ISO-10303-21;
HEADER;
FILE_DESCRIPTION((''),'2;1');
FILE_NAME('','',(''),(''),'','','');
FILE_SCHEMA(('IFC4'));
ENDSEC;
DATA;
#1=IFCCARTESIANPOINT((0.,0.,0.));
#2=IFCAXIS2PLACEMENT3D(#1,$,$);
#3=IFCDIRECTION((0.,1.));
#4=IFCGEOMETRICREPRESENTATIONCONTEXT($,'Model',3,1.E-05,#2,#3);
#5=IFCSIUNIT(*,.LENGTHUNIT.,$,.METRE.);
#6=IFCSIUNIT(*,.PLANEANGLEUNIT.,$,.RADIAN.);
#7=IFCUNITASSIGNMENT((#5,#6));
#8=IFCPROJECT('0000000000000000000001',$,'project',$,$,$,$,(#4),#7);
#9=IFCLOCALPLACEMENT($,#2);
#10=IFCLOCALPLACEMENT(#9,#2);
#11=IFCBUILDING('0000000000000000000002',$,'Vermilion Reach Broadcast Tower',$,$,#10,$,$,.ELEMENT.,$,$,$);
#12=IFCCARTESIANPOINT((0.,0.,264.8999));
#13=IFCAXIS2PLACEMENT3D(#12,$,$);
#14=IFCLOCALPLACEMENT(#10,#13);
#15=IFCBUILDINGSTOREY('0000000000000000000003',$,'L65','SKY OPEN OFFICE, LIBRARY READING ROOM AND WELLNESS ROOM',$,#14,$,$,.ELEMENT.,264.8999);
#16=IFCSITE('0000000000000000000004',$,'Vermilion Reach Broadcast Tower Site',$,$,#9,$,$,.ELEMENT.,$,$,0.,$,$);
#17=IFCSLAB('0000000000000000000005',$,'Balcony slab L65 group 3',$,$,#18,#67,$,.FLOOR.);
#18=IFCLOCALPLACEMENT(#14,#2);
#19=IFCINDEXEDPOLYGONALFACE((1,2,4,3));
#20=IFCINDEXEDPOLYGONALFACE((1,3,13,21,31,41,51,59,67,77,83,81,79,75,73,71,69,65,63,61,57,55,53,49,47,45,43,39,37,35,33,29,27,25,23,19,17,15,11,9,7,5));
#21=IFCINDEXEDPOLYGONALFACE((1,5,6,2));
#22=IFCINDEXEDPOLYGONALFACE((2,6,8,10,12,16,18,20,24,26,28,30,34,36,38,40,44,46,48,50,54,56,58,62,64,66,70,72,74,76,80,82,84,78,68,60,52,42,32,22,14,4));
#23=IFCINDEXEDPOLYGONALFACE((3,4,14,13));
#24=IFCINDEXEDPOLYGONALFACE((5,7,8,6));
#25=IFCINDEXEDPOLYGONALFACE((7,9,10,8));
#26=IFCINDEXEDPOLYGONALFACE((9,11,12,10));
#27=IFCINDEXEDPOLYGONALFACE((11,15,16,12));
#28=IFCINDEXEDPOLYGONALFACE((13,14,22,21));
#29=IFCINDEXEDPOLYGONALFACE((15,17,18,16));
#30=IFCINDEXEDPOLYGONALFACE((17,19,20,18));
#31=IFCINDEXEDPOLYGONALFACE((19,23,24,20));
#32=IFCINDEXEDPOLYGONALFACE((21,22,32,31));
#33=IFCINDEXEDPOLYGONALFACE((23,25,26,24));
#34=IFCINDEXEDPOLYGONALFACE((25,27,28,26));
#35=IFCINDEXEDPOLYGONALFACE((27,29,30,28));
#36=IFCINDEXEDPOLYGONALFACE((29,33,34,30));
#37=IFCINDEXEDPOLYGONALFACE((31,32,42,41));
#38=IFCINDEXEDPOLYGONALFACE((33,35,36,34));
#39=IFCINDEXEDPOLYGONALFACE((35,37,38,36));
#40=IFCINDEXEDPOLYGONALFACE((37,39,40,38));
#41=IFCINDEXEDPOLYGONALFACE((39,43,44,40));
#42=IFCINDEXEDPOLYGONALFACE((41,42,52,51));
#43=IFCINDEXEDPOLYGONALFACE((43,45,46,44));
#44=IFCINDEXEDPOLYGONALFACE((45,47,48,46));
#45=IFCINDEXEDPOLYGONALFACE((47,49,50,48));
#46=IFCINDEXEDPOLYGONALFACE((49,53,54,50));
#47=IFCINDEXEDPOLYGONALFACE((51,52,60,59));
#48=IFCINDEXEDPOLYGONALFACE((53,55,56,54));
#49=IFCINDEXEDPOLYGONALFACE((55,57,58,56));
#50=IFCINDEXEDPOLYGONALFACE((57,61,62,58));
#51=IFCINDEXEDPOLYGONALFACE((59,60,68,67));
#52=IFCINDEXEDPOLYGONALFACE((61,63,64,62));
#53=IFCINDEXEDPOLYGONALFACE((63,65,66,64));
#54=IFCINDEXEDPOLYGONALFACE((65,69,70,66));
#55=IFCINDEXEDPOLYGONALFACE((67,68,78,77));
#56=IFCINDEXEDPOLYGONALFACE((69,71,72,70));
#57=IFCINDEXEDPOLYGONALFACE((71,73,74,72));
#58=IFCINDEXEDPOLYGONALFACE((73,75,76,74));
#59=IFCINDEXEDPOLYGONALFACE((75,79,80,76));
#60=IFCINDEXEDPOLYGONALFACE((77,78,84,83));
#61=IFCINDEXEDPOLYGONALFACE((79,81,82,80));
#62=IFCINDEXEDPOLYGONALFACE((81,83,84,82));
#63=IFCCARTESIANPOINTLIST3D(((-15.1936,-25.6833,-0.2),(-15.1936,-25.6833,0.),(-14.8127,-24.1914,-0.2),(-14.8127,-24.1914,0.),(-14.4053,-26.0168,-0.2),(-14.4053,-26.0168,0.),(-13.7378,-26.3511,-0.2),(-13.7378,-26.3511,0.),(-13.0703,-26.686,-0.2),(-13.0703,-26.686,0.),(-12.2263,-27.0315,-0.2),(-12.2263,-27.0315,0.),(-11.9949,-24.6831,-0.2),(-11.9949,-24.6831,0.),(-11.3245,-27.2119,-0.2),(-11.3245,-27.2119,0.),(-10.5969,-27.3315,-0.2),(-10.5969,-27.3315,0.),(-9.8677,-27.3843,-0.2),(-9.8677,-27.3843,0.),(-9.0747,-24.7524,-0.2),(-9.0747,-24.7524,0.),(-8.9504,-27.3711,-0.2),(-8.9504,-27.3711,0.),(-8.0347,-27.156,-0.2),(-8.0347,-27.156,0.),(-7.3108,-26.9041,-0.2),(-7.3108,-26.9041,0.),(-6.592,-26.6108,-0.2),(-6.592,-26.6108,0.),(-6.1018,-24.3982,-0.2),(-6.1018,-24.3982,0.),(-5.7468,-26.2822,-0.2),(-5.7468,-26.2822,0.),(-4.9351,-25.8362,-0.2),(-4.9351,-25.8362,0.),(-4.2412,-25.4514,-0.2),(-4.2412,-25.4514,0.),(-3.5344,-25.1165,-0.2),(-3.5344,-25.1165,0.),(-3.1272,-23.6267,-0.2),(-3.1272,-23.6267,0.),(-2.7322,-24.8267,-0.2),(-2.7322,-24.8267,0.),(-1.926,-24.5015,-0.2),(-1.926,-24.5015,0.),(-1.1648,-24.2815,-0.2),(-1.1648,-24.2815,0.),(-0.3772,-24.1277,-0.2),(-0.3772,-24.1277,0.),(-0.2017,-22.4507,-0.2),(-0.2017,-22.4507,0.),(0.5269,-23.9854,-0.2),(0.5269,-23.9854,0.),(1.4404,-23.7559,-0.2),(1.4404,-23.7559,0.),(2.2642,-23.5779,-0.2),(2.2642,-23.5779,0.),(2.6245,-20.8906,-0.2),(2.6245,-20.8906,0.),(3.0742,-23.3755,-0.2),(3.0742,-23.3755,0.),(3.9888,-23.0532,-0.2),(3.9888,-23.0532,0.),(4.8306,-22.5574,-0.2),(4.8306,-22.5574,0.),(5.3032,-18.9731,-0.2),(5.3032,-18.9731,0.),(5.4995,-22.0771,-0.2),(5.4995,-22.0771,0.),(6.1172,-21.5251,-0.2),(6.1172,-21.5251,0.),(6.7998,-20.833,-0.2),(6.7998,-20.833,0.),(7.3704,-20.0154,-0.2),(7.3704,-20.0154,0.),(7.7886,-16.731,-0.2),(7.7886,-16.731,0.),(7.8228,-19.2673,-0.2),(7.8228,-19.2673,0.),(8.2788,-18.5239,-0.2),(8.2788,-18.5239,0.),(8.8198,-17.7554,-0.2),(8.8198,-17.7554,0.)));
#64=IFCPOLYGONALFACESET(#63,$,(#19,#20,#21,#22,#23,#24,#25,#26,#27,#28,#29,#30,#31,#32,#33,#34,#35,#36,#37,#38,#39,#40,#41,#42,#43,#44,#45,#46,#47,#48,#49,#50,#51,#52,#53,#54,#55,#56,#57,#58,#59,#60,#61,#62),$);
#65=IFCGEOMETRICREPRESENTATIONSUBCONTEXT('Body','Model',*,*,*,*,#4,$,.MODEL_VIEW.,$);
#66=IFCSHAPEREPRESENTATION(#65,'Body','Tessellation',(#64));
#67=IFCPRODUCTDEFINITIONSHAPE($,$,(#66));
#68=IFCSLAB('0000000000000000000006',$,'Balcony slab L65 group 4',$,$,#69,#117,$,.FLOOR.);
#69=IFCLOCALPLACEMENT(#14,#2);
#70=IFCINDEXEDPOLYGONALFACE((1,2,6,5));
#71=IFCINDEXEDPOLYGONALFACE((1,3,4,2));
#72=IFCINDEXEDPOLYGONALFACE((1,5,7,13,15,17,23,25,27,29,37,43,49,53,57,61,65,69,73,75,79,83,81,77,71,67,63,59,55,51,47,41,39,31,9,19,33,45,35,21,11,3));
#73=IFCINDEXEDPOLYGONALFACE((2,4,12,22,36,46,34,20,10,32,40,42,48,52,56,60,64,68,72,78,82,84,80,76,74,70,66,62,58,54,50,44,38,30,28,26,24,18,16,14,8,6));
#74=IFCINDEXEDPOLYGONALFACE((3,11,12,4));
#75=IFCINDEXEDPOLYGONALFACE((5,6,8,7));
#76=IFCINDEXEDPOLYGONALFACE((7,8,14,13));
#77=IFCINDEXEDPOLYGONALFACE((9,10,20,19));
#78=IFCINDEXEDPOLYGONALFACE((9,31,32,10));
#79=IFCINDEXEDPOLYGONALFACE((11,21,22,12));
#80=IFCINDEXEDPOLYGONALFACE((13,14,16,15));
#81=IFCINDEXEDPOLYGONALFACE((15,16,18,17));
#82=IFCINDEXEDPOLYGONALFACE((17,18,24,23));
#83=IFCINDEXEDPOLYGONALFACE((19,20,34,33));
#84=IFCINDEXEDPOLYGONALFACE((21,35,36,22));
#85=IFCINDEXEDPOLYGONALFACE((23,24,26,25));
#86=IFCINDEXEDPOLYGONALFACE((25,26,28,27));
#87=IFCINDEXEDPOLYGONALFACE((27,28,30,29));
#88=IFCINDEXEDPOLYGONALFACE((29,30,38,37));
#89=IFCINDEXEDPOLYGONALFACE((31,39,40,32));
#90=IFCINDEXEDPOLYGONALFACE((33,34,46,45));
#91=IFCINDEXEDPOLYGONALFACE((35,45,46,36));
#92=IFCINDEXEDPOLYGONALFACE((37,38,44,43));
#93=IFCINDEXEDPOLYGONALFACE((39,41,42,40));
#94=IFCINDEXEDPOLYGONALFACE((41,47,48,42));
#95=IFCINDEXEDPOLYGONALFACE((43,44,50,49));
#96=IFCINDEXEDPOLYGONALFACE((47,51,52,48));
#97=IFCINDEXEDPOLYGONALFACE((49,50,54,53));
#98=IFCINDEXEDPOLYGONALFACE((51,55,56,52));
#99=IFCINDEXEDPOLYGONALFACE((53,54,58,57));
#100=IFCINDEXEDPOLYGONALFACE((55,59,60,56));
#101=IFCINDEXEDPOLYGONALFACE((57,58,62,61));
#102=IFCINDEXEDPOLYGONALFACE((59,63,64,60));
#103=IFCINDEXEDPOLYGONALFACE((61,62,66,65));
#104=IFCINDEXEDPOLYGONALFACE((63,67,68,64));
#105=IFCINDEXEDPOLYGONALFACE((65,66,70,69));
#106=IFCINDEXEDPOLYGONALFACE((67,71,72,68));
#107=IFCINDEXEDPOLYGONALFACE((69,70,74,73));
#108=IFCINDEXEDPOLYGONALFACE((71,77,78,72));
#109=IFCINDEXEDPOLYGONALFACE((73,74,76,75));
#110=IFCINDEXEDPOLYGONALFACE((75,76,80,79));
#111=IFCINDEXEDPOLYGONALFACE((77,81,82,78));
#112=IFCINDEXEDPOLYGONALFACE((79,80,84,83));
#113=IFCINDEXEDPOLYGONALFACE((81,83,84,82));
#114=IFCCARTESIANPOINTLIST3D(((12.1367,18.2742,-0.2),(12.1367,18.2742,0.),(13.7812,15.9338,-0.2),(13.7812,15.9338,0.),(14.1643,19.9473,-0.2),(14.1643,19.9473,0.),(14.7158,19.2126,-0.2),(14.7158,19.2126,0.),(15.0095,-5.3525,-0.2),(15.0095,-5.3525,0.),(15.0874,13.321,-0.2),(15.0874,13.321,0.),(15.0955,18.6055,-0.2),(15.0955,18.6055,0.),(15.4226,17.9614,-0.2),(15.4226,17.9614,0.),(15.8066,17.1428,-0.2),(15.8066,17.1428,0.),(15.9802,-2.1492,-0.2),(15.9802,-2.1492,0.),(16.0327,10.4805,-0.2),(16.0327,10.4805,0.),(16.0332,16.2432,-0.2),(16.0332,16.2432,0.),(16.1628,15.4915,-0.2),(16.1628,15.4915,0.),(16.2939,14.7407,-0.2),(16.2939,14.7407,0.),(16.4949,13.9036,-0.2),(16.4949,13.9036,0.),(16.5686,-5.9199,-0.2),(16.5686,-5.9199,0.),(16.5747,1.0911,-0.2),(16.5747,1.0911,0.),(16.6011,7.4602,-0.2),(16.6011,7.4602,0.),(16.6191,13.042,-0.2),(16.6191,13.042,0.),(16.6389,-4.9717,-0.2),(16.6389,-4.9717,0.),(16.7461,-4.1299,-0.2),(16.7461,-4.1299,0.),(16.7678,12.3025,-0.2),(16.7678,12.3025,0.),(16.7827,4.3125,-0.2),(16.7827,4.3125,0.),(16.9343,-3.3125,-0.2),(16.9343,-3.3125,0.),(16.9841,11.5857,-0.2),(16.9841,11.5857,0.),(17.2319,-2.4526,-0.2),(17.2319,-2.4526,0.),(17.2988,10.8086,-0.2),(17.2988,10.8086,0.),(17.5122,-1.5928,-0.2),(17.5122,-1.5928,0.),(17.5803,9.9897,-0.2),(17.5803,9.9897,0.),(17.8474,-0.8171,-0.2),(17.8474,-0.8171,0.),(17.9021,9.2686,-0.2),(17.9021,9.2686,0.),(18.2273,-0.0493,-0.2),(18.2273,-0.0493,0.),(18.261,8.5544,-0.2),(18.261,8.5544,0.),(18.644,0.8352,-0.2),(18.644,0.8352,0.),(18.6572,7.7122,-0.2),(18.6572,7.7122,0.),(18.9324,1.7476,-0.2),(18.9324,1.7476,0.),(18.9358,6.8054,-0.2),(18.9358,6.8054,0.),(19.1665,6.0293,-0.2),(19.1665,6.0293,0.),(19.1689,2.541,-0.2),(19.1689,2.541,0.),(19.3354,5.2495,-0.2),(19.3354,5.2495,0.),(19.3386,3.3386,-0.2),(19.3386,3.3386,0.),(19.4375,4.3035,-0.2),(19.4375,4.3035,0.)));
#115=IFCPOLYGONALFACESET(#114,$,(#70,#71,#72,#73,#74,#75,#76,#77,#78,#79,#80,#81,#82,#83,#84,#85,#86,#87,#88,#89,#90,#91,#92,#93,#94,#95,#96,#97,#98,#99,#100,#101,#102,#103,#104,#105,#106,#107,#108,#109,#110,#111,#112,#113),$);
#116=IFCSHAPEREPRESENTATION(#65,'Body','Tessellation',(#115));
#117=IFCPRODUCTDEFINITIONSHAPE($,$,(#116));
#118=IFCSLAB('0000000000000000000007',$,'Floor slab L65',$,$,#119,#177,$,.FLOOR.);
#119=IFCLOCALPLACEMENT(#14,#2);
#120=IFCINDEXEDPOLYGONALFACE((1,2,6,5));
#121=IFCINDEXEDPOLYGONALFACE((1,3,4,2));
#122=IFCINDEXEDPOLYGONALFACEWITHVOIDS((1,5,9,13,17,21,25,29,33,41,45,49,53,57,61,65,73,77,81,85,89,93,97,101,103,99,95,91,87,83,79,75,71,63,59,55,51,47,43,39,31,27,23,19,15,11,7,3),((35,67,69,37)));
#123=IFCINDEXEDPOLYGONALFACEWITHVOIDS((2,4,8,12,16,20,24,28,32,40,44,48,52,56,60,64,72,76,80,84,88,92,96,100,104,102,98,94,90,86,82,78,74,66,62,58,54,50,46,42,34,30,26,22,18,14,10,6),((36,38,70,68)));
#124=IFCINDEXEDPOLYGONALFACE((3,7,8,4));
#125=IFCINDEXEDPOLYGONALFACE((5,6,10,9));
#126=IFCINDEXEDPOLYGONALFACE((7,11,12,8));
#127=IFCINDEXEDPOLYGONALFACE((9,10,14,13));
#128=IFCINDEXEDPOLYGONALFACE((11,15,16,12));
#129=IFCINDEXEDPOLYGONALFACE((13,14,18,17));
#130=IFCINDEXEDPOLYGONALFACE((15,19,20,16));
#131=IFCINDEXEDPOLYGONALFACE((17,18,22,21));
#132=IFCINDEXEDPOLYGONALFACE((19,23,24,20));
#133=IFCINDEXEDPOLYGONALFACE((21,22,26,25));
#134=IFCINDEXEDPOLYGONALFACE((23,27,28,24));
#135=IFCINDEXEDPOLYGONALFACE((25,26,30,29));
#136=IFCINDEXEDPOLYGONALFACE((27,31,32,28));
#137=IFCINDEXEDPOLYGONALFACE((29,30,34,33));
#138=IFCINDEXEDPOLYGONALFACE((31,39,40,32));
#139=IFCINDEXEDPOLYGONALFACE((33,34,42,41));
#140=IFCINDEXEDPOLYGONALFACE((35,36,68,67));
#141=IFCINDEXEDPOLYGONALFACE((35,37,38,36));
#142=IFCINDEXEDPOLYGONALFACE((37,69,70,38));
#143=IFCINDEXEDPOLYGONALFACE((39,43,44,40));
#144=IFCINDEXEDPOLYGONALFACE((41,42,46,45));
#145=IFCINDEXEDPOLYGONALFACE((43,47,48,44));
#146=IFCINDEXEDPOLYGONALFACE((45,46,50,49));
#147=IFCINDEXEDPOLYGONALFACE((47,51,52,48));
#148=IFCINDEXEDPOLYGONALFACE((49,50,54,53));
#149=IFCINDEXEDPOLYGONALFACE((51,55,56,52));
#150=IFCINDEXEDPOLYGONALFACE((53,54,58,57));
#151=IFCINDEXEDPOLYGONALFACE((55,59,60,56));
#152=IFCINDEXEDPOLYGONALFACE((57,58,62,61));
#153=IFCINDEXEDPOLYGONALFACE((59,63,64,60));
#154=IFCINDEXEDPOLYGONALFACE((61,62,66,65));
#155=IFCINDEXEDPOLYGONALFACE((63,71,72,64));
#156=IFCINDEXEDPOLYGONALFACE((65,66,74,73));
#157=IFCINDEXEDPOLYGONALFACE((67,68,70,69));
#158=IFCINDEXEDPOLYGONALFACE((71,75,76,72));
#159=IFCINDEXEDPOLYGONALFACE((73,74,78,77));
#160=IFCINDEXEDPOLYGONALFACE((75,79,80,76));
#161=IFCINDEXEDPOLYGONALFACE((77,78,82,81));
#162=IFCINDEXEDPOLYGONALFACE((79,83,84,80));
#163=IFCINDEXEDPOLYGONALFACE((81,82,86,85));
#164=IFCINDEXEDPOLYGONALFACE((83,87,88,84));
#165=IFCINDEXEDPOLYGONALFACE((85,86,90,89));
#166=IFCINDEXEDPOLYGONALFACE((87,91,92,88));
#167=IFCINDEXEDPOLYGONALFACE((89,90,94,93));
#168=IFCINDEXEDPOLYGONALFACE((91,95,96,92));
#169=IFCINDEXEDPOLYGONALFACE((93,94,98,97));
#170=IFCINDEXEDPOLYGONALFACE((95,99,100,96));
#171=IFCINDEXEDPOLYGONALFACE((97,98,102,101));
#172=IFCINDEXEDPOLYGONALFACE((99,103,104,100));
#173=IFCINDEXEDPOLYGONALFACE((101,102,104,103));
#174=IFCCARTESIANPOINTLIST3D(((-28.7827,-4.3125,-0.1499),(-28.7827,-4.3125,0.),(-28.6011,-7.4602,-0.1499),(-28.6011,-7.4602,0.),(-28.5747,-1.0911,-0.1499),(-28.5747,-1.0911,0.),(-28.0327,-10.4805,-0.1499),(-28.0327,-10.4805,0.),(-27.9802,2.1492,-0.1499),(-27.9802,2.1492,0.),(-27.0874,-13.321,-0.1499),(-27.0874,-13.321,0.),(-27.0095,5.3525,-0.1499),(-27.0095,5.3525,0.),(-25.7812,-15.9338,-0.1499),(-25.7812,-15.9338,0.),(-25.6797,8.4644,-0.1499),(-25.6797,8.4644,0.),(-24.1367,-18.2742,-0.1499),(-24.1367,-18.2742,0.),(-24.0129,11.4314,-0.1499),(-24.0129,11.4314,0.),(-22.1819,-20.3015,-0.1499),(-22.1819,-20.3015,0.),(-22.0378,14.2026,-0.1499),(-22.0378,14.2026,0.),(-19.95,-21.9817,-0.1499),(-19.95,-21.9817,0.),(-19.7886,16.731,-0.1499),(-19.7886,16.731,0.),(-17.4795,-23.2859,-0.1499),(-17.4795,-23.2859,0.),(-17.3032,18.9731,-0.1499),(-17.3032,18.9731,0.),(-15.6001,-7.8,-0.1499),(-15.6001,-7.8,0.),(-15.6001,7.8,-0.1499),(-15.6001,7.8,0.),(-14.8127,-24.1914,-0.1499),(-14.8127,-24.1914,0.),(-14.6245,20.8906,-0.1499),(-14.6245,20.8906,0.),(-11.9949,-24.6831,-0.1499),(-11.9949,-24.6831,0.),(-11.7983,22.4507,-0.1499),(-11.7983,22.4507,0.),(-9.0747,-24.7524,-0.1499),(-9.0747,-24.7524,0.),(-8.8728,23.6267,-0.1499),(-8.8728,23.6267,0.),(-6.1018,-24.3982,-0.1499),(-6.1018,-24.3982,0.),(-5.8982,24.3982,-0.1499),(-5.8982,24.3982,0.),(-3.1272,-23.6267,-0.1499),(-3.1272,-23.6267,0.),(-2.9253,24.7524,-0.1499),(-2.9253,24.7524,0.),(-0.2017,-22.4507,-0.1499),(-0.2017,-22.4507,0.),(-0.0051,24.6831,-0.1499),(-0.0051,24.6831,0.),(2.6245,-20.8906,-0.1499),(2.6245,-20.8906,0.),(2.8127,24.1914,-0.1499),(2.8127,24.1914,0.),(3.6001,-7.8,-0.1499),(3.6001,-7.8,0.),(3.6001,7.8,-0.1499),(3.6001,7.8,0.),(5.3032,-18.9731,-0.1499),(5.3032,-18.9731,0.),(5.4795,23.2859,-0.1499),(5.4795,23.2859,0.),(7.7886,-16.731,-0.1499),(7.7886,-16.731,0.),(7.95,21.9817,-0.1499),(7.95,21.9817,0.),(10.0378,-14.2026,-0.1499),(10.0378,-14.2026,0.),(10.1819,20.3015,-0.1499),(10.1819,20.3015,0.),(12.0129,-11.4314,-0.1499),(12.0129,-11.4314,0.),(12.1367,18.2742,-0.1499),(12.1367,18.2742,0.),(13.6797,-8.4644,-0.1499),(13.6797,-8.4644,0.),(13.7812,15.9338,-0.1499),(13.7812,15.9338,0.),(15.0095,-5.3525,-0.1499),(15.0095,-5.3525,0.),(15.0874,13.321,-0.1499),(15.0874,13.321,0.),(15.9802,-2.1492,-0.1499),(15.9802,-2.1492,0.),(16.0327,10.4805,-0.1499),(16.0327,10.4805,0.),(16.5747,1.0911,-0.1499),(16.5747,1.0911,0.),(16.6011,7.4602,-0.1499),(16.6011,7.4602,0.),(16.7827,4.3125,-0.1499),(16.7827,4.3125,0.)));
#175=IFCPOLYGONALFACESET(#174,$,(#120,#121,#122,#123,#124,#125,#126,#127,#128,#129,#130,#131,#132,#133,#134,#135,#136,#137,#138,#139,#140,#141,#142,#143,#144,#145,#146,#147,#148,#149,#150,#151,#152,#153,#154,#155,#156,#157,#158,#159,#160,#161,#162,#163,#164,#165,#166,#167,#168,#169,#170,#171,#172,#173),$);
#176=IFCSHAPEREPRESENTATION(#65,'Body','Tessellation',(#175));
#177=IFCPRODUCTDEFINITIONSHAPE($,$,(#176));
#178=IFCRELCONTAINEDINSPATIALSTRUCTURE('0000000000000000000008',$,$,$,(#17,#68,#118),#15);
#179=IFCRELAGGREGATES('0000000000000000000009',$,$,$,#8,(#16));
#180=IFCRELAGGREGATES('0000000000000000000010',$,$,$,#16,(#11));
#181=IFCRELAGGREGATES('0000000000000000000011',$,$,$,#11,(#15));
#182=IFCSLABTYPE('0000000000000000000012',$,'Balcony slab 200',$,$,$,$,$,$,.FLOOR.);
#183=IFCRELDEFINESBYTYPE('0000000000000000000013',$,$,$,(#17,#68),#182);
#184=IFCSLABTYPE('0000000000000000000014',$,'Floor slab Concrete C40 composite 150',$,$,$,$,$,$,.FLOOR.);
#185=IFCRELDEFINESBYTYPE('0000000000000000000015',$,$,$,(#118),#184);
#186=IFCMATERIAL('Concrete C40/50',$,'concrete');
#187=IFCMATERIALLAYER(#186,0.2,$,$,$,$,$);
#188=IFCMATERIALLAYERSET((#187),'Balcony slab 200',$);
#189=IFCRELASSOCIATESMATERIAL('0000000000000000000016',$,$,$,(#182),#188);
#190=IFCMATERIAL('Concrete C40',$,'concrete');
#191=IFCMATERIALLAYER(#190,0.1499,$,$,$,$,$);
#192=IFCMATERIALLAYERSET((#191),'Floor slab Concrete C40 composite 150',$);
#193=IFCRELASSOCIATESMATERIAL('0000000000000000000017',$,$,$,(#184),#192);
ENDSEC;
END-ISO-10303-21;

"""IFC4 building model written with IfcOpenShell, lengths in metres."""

from ifc_helpers import new_model, si_unit, direction, frame, origin, place, context, subcontext, project, spatial, polyline, outline, extrude, material, layer, layer_set, type_object, element, save


model = new_model("IFC4")

# Units and contexts
model_context = context("Model", 3, precision=1e-05, world=origin(), true_north=direction((0.0, 1.0)))
body_context = subcontext(model_context, "Body", "Model", "MODEL_VIEW")
ifc_project = project(units=[si_unit("LENGTHUNIT", "METRE"), si_unit("PLANEANGLEUNIT", "RADIAN")], contexts=[model_context])

# Site, building, storey
site_placement = place(None, origin())
site = spatial("IfcSite", under=ifc_project, at=site_placement, Name="Vermilion Reach Broadcast Tower Site", CompositionType="ELEMENT", RefElevation=0.0)
building_placement = place(site_placement, origin())
building = spatial("IfcBuilding", under=site, at=building_placement, Name="Vermilion Reach Broadcast Tower", CompositionType="ELEMENT")
storey_placement = place(building_placement, frame((0.0, 0.0, 264.8999)))
storey = spatial("IfcBuildingStorey", under=building, at=storey_placement, Name="L65", Description="SKY OPEN OFFICE, LIBRARY READING ROOM AND WELLNESS ROOM", CompositionType="ELEMENT", Elevation=264.8999)

# Slabs
ifc_material_1 = material(Name="Concrete C40/50", Category="concrete")
ifc_layer_1 = layer(ifc_material_1, 0.2)
ifc_layer_set_1 = layer_set([ifc_layer_1], Name="Balcony slab 200")
slab_type_1 = type_object("IfcSlabType", Name="Balcony slab 200", PredefinedType="FLOOR", material=ifc_layer_set_1)
placement_1 = place(storey_placement, frame((0.0, 0.0, -0.2)))
element("IfcSlab", 1, at=placement_1, inside=storey, type_object=slab_type_1, Name="Balcony slab L65 group 3", PredefinedType="FLOOR", context=body_context, shape_type="SweptSolid", body=[
    extrude(outline(polyline([(-14.8127, -24.1914), (-11.9949, -24.6831), (-9.0747, -24.7524), (-6.1018, -24.3982), (-3.1272, -23.6267), (-0.2017, -22.4507), (2.6245, -20.8906), (5.3032, -18.9731), (7.7886, -16.731), (8.8198, -17.7554), (8.2788, -18.5239), (7.8228, -19.2673), (7.3704, -20.0154), (6.7998, -20.833), (6.1172, -21.5251), (5.4995, -22.0771), (4.8306, -22.5574), (3.9888, -23.0532), (3.0742, -23.3755), (2.2642, -23.5779), (1.4404, -23.7559), (0.5269, -23.9854), (-0.3772, -24.1277), (-1.1648, -24.2815), (-1.926, -24.5015), (-2.7322, -24.8267), (-3.5344, -25.1165), (-4.2412, -25.4514), (-4.9351, -25.8362), (-5.7468, -26.2822), (-6.592, -26.6108), (-7.3108, -26.9041), (-8.0347, -27.156), (-8.9504, -27.3711), (-9.8677, -27.3843), (-10.5969, -27.3315), (-11.3245, -27.2119), (-12.2263, -27.0315), (-13.0703, -26.686), (-13.7378, -26.3511), (-14.4053, -26.0168), (-15.1936, -25.6833), (-14.8127, -24.1914)])), origin(), (0.0, 0.0, 1.0), 0.2),
])
element("IfcSlab", 2, at=placement_1, inside=storey, type_object=slab_type_1, Name="Balcony slab L65 group 4", PredefinedType="FLOOR", context=body_context, shape_type="SweptSolid", body=[
    extrude(outline(polyline([(15.0095, -5.3525), (15.9802, -2.1492), (16.5747, 1.0911), (16.7827, 4.3125), (16.6011, 7.4602), (16.0327, 10.4805), (15.0874, 13.321), (13.7812, 15.9338), (12.1367, 18.2742), (14.1643, 19.9473), (14.7158, 19.2126), (15.0955, 18.6055), (15.4226, 17.9614), (15.8066, 17.1428), (16.0332, 16.2432), (16.1628, 15.4915), (16.2939, 14.7407), (16.4949, 13.9036), (16.6191, 13.042), (16.7678, 12.3025), (16.9841, 11.5857), (17.2988, 10.8086), (17.5803, 9.9897), (17.9021, 9.2686), (18.261, 8.5544), (18.6572, 7.7122), (18.9358, 6.8054), (19.1665, 6.0293), (19.3354, 5.2495), (19.4375, 4.3035), (19.3386, 3.3386), (19.1689, 2.541), (18.9324, 1.7476), (18.644, 0.8352), (18.2273, -0.0493), (17.8474, -0.8171), (17.5122, -1.5928), (17.2319, -2.4526), (16.9343, -3.3125), (16.7461, -4.1299), (16.6389, -4.9717), (16.5686, -5.9199), (15.0095, -5.3525)])), origin(), (0.0, 0.0, 1.0), 0.2),
])
ifc_material_2 = material(Name="Concrete C40", Category="concrete")
ifc_layer_2 = layer(ifc_material_2, 0.1499)
ifc_layer_set_2 = layer_set([ifc_layer_2], Name="Floor slab Concrete C40 composite 150")
slab_type_2 = type_object("IfcSlabType", Name="Floor slab Concrete C40 composite 150", PredefinedType="FLOOR", material=ifc_layer_set_2)
slab_1_placement = place(storey_placement, frame((0.0, 0.0, -0.1499)))
element("IfcSlab", 3, at=slab_1_placement, inside=storey, type_object=slab_type_2, Name="Floor slab L65", PredefinedType="FLOOR", context=body_context, shape_type="SweptSolid", body=[
    extrude(outline(polyline([(7.95, 21.9817), (5.4795, 23.2859), (2.8127, 24.1914), (-0.0051, 24.6831), (-2.9253, 24.7524), (-5.8982, 24.3982), (-8.8728, 23.6267), (-11.7983, 22.4507), (-14.6245, 20.8906), (-17.3032, 18.9731), (-19.7886, 16.731), (-22.0378, 14.2026), (-24.0129, 11.4314), (-25.6797, 8.4644), (-27.0095, 5.3525), (-27.9802, 2.1492), (-28.5747, -1.0911), (-28.7827, -4.3125), (-28.6011, -7.4602), (-28.0327, -10.4805), (-27.0874, -13.321), (-25.7812, -15.9338), (-24.1367, -18.2742), (-22.1819, -20.3015), (-19.95, -21.9817), (-17.4795, -23.2859), (-14.8127, -24.1914), (-11.9949, -24.6831), (-9.0747, -24.7524), (-6.1018, -24.3982), (-3.1272, -23.6267), (-0.2017, -22.4507), (2.6245, -20.8906), (5.3032, -18.9731), (7.7886, -16.731), (10.0378, -14.2026), (12.0129, -11.4314), (13.6797, -8.4644), (15.0095, -5.3525), (15.9802, -2.1492), (16.5747, 1.0911), (16.7827, 4.3125), (16.6011, 7.4602), (16.0327, 10.4805), (15.0874, 13.321), (13.7812, 15.9338), (12.1367, 18.2742), (10.1819, 20.3015), (7.95, 21.9817)]), holes=[polyline([(-15.6001, -7.8), (3.6001, -7.8), (3.6001, 7.8), (-15.6001, 7.8), (-15.6001, -7.8)])]), origin(), (0.0, 0.0, 1.0), 0.1499),
])

save(model, "model.ifc")
